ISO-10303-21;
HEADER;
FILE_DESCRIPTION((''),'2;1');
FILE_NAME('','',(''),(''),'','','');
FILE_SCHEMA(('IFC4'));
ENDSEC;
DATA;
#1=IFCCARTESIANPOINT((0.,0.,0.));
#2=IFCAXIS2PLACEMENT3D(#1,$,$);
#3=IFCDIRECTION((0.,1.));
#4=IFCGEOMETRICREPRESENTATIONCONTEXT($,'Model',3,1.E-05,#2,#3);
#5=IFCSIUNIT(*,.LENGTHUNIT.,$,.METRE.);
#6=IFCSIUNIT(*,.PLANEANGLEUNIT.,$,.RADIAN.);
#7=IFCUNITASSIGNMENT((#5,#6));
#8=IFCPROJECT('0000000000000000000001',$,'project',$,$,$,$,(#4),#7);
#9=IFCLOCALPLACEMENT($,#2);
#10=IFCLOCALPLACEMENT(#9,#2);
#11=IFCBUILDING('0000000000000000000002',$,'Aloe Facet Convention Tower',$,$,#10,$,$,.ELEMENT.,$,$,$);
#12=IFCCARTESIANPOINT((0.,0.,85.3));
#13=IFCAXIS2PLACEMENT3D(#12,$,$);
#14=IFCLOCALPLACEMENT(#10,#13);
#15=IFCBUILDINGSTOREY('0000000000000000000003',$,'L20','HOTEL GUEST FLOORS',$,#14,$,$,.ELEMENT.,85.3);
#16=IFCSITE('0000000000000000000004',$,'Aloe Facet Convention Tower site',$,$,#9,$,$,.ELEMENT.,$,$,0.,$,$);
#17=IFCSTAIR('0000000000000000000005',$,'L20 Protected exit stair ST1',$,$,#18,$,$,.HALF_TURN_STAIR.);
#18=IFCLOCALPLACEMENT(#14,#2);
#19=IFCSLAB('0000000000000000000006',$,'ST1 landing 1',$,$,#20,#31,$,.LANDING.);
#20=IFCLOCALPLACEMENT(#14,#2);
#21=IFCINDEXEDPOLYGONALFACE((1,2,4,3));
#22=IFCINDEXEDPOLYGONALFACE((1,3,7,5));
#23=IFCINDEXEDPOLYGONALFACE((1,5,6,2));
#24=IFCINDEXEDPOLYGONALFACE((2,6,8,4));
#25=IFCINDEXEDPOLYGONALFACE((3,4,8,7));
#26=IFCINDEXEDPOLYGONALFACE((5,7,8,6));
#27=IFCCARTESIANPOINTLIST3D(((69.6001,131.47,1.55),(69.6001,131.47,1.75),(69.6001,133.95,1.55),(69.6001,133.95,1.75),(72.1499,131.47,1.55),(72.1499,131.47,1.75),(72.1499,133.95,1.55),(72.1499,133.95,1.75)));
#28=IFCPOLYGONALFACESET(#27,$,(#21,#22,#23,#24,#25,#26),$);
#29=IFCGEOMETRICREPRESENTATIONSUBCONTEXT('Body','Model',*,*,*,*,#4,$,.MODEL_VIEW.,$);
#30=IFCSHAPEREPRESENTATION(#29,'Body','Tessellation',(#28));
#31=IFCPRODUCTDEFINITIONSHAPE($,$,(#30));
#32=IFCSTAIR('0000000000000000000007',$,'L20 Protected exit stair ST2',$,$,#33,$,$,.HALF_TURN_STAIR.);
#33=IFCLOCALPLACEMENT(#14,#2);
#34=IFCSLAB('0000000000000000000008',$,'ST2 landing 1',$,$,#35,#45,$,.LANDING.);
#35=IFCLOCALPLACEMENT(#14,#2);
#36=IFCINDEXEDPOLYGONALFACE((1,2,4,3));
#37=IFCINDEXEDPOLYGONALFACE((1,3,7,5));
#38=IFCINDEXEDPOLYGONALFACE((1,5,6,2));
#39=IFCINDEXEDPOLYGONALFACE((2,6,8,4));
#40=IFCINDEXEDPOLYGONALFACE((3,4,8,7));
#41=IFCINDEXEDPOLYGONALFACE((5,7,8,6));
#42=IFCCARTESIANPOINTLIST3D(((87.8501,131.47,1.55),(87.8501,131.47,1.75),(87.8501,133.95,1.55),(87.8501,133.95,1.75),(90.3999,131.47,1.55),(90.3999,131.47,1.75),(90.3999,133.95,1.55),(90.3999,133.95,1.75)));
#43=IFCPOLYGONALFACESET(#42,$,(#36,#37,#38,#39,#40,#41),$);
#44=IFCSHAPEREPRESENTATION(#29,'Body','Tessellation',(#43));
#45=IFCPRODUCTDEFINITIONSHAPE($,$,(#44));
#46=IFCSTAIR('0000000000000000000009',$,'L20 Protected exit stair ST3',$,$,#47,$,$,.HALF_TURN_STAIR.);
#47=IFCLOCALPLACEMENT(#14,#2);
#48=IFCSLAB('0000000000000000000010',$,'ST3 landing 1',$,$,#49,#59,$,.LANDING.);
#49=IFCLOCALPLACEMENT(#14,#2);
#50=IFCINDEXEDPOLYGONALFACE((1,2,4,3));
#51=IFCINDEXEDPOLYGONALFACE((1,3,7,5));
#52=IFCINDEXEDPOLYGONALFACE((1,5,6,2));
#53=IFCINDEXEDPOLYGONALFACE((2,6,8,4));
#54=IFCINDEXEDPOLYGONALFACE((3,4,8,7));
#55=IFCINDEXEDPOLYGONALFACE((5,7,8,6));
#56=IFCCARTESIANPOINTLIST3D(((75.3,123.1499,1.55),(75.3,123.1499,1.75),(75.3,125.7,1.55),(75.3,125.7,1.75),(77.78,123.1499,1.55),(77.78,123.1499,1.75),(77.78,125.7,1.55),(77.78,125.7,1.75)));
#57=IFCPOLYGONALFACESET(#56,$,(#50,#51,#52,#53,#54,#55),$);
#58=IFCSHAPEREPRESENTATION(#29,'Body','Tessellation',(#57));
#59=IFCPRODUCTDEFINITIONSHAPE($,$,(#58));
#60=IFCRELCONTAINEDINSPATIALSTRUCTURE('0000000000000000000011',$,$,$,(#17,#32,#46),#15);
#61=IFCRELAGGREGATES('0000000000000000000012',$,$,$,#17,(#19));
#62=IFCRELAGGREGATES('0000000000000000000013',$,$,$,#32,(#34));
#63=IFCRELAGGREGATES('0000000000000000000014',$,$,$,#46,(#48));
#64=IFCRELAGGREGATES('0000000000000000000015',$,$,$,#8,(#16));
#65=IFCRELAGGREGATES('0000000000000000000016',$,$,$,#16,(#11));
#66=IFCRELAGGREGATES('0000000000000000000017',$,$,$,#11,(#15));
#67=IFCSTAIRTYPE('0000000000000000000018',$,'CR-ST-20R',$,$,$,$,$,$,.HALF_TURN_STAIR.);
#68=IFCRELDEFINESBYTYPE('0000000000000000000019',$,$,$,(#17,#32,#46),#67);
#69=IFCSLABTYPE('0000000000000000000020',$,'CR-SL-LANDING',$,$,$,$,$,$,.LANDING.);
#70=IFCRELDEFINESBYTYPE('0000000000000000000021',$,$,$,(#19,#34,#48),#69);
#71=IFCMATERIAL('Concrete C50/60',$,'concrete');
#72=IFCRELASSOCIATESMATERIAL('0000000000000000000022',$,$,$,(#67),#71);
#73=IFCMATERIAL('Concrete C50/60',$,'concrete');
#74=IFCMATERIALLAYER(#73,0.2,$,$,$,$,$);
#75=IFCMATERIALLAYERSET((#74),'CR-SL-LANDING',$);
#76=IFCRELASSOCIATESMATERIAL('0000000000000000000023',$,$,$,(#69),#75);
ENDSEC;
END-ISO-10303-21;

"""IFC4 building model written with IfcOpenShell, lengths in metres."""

from ifc_helpers import new_model, si_unit, direction, frame, origin, place, context, subcontext, project, spatial, polyline, outline, extrude, material, layer, layer_set, type_object, element, aggregate, save


model = new_model("IFC4")

# Units and contexts
model_context = context("Model", 3, precision=1e-05, world=origin(), true_north=direction((0.0, 1.0)))
body_context = subcontext(model_context, "Body", "Model", "MODEL_VIEW")
ifc_project = project(units=[si_unit("LENGTHUNIT", "METRE"), si_unit("PLANEANGLEUNIT", "RADIAN")], contexts=[model_context])

# Site, building, storey
site_placement = place(None, origin())
site = spatial("IfcSite", under=ifc_project, at=site_placement, Name="Aloe Facet Convention Tower site", CompositionType="ELEMENT", RefElevation=0.0)
building_placement = place(site_placement, origin())
building = spatial("IfcBuilding", under=site, at=building_placement, Name="Aloe Facet Convention Tower", CompositionType="ELEMENT")
storey_placement = place(building_placement, frame((0.0, 0.0, 85.3)))
storey = spatial("IfcBuildingStorey", under=building, at=storey_placement, Name="L20", Description="HOTEL GUEST FLOORS", CompositionType="ELEMENT", Elevation=85.3)

# Stairs, slabs
ifc_material_1 = material(Name="Concrete C50/60", Category="concrete")
stair_type = type_object("IfcStairType", Name="CR-ST-20R", PredefinedType="HALF_TURN_STAIR", material=ifc_material_1)
stair_1_placement = place(storey_placement, origin())
stair_1 = element("IfcStair", 1, at=stair_1_placement, inside=storey, type_object=stair_type, Name="L20 Protected exit stair ST1", PredefinedType="HALF_TURN_STAIR")
ifc_material_2 = material(Name="Concrete C50/60", Category="concrete")
ifc_layer_1 = layer(ifc_material_2, 0.2)
ifc_layer_set_1 = layer_set([ifc_layer_1], Name="CR-SL-LANDING")
slab_type_1 = type_object("IfcSlabType", Name="CR-SL-LANDING", PredefinedType="LANDING", material=ifc_layer_set_1)
slab_1_placement = place(storey_placement, frame((0.0, 0.0, 1.55)))
slab_1 = element("IfcSlab", 2, at=slab_1_placement, type_object=slab_type_1, Name="ST1 landing 1", PredefinedType="LANDING", context=body_context, shape_type="SweptSolid", body=[
    extrude(outline(polyline([(72.1499, 131.47), (72.1499, 133.95), (69.6001, 133.95), (69.6001, 131.47), (72.1499, 131.47)])), origin(), (0.0, 0.0, 1.0), 0.2),
])
aggregate(stair_1, [slab_1])
stair_2_placement = place(storey_placement, origin())
stair_2 = element("IfcStair", 3, at=stair_2_placement, inside=storey, type_object=stair_type, Name="L20 Protected exit stair ST2", PredefinedType="HALF_TURN_STAIR")
slab_2_placement = place(storey_placement, frame((0.0, 0.0, 1.55)))
slab_2 = element("IfcSlab", 4, at=slab_2_placement, type_object=slab_type_1, Name="ST2 landing 1", PredefinedType="LANDING", context=body_context, shape_type="SweptSolid", body=[
    extrude(outline(polyline([(90.3999, 131.47), (90.3999, 133.95), (87.8501, 133.95), (87.8501, 131.47), (90.3999, 131.47)])), origin(), (0.0, 0.0, 1.0), 0.2),
])
aggregate(stair_2, [slab_2])
stair_3_placement = place(storey_placement, origin())
stair_3 = element("IfcStair", 5, at=stair_3_placement, inside=storey, type_object=stair_type, Name="L20 Protected exit stair ST3", PredefinedType="HALF_TURN_STAIR")
slab_3_placement = place(storey_placement, frame((0.0, 0.0, 1.55)))
slab_3 = element("IfcSlab", 6, at=slab_3_placement, type_object=slab_type_1, Name="ST3 landing 1", PredefinedType="LANDING", context=body_context, shape_type="SweptSolid", body=[
    extrude(outline(polyline([(77.78, 125.7), (75.3, 125.7), (75.3, 123.1499), (77.78, 123.1499), (77.78, 125.7)])), origin(), (0.0, 0.0, 1.0), 0.2),
])
aggregate(stair_3, [slab_3])

save(model, "model.ifc")
